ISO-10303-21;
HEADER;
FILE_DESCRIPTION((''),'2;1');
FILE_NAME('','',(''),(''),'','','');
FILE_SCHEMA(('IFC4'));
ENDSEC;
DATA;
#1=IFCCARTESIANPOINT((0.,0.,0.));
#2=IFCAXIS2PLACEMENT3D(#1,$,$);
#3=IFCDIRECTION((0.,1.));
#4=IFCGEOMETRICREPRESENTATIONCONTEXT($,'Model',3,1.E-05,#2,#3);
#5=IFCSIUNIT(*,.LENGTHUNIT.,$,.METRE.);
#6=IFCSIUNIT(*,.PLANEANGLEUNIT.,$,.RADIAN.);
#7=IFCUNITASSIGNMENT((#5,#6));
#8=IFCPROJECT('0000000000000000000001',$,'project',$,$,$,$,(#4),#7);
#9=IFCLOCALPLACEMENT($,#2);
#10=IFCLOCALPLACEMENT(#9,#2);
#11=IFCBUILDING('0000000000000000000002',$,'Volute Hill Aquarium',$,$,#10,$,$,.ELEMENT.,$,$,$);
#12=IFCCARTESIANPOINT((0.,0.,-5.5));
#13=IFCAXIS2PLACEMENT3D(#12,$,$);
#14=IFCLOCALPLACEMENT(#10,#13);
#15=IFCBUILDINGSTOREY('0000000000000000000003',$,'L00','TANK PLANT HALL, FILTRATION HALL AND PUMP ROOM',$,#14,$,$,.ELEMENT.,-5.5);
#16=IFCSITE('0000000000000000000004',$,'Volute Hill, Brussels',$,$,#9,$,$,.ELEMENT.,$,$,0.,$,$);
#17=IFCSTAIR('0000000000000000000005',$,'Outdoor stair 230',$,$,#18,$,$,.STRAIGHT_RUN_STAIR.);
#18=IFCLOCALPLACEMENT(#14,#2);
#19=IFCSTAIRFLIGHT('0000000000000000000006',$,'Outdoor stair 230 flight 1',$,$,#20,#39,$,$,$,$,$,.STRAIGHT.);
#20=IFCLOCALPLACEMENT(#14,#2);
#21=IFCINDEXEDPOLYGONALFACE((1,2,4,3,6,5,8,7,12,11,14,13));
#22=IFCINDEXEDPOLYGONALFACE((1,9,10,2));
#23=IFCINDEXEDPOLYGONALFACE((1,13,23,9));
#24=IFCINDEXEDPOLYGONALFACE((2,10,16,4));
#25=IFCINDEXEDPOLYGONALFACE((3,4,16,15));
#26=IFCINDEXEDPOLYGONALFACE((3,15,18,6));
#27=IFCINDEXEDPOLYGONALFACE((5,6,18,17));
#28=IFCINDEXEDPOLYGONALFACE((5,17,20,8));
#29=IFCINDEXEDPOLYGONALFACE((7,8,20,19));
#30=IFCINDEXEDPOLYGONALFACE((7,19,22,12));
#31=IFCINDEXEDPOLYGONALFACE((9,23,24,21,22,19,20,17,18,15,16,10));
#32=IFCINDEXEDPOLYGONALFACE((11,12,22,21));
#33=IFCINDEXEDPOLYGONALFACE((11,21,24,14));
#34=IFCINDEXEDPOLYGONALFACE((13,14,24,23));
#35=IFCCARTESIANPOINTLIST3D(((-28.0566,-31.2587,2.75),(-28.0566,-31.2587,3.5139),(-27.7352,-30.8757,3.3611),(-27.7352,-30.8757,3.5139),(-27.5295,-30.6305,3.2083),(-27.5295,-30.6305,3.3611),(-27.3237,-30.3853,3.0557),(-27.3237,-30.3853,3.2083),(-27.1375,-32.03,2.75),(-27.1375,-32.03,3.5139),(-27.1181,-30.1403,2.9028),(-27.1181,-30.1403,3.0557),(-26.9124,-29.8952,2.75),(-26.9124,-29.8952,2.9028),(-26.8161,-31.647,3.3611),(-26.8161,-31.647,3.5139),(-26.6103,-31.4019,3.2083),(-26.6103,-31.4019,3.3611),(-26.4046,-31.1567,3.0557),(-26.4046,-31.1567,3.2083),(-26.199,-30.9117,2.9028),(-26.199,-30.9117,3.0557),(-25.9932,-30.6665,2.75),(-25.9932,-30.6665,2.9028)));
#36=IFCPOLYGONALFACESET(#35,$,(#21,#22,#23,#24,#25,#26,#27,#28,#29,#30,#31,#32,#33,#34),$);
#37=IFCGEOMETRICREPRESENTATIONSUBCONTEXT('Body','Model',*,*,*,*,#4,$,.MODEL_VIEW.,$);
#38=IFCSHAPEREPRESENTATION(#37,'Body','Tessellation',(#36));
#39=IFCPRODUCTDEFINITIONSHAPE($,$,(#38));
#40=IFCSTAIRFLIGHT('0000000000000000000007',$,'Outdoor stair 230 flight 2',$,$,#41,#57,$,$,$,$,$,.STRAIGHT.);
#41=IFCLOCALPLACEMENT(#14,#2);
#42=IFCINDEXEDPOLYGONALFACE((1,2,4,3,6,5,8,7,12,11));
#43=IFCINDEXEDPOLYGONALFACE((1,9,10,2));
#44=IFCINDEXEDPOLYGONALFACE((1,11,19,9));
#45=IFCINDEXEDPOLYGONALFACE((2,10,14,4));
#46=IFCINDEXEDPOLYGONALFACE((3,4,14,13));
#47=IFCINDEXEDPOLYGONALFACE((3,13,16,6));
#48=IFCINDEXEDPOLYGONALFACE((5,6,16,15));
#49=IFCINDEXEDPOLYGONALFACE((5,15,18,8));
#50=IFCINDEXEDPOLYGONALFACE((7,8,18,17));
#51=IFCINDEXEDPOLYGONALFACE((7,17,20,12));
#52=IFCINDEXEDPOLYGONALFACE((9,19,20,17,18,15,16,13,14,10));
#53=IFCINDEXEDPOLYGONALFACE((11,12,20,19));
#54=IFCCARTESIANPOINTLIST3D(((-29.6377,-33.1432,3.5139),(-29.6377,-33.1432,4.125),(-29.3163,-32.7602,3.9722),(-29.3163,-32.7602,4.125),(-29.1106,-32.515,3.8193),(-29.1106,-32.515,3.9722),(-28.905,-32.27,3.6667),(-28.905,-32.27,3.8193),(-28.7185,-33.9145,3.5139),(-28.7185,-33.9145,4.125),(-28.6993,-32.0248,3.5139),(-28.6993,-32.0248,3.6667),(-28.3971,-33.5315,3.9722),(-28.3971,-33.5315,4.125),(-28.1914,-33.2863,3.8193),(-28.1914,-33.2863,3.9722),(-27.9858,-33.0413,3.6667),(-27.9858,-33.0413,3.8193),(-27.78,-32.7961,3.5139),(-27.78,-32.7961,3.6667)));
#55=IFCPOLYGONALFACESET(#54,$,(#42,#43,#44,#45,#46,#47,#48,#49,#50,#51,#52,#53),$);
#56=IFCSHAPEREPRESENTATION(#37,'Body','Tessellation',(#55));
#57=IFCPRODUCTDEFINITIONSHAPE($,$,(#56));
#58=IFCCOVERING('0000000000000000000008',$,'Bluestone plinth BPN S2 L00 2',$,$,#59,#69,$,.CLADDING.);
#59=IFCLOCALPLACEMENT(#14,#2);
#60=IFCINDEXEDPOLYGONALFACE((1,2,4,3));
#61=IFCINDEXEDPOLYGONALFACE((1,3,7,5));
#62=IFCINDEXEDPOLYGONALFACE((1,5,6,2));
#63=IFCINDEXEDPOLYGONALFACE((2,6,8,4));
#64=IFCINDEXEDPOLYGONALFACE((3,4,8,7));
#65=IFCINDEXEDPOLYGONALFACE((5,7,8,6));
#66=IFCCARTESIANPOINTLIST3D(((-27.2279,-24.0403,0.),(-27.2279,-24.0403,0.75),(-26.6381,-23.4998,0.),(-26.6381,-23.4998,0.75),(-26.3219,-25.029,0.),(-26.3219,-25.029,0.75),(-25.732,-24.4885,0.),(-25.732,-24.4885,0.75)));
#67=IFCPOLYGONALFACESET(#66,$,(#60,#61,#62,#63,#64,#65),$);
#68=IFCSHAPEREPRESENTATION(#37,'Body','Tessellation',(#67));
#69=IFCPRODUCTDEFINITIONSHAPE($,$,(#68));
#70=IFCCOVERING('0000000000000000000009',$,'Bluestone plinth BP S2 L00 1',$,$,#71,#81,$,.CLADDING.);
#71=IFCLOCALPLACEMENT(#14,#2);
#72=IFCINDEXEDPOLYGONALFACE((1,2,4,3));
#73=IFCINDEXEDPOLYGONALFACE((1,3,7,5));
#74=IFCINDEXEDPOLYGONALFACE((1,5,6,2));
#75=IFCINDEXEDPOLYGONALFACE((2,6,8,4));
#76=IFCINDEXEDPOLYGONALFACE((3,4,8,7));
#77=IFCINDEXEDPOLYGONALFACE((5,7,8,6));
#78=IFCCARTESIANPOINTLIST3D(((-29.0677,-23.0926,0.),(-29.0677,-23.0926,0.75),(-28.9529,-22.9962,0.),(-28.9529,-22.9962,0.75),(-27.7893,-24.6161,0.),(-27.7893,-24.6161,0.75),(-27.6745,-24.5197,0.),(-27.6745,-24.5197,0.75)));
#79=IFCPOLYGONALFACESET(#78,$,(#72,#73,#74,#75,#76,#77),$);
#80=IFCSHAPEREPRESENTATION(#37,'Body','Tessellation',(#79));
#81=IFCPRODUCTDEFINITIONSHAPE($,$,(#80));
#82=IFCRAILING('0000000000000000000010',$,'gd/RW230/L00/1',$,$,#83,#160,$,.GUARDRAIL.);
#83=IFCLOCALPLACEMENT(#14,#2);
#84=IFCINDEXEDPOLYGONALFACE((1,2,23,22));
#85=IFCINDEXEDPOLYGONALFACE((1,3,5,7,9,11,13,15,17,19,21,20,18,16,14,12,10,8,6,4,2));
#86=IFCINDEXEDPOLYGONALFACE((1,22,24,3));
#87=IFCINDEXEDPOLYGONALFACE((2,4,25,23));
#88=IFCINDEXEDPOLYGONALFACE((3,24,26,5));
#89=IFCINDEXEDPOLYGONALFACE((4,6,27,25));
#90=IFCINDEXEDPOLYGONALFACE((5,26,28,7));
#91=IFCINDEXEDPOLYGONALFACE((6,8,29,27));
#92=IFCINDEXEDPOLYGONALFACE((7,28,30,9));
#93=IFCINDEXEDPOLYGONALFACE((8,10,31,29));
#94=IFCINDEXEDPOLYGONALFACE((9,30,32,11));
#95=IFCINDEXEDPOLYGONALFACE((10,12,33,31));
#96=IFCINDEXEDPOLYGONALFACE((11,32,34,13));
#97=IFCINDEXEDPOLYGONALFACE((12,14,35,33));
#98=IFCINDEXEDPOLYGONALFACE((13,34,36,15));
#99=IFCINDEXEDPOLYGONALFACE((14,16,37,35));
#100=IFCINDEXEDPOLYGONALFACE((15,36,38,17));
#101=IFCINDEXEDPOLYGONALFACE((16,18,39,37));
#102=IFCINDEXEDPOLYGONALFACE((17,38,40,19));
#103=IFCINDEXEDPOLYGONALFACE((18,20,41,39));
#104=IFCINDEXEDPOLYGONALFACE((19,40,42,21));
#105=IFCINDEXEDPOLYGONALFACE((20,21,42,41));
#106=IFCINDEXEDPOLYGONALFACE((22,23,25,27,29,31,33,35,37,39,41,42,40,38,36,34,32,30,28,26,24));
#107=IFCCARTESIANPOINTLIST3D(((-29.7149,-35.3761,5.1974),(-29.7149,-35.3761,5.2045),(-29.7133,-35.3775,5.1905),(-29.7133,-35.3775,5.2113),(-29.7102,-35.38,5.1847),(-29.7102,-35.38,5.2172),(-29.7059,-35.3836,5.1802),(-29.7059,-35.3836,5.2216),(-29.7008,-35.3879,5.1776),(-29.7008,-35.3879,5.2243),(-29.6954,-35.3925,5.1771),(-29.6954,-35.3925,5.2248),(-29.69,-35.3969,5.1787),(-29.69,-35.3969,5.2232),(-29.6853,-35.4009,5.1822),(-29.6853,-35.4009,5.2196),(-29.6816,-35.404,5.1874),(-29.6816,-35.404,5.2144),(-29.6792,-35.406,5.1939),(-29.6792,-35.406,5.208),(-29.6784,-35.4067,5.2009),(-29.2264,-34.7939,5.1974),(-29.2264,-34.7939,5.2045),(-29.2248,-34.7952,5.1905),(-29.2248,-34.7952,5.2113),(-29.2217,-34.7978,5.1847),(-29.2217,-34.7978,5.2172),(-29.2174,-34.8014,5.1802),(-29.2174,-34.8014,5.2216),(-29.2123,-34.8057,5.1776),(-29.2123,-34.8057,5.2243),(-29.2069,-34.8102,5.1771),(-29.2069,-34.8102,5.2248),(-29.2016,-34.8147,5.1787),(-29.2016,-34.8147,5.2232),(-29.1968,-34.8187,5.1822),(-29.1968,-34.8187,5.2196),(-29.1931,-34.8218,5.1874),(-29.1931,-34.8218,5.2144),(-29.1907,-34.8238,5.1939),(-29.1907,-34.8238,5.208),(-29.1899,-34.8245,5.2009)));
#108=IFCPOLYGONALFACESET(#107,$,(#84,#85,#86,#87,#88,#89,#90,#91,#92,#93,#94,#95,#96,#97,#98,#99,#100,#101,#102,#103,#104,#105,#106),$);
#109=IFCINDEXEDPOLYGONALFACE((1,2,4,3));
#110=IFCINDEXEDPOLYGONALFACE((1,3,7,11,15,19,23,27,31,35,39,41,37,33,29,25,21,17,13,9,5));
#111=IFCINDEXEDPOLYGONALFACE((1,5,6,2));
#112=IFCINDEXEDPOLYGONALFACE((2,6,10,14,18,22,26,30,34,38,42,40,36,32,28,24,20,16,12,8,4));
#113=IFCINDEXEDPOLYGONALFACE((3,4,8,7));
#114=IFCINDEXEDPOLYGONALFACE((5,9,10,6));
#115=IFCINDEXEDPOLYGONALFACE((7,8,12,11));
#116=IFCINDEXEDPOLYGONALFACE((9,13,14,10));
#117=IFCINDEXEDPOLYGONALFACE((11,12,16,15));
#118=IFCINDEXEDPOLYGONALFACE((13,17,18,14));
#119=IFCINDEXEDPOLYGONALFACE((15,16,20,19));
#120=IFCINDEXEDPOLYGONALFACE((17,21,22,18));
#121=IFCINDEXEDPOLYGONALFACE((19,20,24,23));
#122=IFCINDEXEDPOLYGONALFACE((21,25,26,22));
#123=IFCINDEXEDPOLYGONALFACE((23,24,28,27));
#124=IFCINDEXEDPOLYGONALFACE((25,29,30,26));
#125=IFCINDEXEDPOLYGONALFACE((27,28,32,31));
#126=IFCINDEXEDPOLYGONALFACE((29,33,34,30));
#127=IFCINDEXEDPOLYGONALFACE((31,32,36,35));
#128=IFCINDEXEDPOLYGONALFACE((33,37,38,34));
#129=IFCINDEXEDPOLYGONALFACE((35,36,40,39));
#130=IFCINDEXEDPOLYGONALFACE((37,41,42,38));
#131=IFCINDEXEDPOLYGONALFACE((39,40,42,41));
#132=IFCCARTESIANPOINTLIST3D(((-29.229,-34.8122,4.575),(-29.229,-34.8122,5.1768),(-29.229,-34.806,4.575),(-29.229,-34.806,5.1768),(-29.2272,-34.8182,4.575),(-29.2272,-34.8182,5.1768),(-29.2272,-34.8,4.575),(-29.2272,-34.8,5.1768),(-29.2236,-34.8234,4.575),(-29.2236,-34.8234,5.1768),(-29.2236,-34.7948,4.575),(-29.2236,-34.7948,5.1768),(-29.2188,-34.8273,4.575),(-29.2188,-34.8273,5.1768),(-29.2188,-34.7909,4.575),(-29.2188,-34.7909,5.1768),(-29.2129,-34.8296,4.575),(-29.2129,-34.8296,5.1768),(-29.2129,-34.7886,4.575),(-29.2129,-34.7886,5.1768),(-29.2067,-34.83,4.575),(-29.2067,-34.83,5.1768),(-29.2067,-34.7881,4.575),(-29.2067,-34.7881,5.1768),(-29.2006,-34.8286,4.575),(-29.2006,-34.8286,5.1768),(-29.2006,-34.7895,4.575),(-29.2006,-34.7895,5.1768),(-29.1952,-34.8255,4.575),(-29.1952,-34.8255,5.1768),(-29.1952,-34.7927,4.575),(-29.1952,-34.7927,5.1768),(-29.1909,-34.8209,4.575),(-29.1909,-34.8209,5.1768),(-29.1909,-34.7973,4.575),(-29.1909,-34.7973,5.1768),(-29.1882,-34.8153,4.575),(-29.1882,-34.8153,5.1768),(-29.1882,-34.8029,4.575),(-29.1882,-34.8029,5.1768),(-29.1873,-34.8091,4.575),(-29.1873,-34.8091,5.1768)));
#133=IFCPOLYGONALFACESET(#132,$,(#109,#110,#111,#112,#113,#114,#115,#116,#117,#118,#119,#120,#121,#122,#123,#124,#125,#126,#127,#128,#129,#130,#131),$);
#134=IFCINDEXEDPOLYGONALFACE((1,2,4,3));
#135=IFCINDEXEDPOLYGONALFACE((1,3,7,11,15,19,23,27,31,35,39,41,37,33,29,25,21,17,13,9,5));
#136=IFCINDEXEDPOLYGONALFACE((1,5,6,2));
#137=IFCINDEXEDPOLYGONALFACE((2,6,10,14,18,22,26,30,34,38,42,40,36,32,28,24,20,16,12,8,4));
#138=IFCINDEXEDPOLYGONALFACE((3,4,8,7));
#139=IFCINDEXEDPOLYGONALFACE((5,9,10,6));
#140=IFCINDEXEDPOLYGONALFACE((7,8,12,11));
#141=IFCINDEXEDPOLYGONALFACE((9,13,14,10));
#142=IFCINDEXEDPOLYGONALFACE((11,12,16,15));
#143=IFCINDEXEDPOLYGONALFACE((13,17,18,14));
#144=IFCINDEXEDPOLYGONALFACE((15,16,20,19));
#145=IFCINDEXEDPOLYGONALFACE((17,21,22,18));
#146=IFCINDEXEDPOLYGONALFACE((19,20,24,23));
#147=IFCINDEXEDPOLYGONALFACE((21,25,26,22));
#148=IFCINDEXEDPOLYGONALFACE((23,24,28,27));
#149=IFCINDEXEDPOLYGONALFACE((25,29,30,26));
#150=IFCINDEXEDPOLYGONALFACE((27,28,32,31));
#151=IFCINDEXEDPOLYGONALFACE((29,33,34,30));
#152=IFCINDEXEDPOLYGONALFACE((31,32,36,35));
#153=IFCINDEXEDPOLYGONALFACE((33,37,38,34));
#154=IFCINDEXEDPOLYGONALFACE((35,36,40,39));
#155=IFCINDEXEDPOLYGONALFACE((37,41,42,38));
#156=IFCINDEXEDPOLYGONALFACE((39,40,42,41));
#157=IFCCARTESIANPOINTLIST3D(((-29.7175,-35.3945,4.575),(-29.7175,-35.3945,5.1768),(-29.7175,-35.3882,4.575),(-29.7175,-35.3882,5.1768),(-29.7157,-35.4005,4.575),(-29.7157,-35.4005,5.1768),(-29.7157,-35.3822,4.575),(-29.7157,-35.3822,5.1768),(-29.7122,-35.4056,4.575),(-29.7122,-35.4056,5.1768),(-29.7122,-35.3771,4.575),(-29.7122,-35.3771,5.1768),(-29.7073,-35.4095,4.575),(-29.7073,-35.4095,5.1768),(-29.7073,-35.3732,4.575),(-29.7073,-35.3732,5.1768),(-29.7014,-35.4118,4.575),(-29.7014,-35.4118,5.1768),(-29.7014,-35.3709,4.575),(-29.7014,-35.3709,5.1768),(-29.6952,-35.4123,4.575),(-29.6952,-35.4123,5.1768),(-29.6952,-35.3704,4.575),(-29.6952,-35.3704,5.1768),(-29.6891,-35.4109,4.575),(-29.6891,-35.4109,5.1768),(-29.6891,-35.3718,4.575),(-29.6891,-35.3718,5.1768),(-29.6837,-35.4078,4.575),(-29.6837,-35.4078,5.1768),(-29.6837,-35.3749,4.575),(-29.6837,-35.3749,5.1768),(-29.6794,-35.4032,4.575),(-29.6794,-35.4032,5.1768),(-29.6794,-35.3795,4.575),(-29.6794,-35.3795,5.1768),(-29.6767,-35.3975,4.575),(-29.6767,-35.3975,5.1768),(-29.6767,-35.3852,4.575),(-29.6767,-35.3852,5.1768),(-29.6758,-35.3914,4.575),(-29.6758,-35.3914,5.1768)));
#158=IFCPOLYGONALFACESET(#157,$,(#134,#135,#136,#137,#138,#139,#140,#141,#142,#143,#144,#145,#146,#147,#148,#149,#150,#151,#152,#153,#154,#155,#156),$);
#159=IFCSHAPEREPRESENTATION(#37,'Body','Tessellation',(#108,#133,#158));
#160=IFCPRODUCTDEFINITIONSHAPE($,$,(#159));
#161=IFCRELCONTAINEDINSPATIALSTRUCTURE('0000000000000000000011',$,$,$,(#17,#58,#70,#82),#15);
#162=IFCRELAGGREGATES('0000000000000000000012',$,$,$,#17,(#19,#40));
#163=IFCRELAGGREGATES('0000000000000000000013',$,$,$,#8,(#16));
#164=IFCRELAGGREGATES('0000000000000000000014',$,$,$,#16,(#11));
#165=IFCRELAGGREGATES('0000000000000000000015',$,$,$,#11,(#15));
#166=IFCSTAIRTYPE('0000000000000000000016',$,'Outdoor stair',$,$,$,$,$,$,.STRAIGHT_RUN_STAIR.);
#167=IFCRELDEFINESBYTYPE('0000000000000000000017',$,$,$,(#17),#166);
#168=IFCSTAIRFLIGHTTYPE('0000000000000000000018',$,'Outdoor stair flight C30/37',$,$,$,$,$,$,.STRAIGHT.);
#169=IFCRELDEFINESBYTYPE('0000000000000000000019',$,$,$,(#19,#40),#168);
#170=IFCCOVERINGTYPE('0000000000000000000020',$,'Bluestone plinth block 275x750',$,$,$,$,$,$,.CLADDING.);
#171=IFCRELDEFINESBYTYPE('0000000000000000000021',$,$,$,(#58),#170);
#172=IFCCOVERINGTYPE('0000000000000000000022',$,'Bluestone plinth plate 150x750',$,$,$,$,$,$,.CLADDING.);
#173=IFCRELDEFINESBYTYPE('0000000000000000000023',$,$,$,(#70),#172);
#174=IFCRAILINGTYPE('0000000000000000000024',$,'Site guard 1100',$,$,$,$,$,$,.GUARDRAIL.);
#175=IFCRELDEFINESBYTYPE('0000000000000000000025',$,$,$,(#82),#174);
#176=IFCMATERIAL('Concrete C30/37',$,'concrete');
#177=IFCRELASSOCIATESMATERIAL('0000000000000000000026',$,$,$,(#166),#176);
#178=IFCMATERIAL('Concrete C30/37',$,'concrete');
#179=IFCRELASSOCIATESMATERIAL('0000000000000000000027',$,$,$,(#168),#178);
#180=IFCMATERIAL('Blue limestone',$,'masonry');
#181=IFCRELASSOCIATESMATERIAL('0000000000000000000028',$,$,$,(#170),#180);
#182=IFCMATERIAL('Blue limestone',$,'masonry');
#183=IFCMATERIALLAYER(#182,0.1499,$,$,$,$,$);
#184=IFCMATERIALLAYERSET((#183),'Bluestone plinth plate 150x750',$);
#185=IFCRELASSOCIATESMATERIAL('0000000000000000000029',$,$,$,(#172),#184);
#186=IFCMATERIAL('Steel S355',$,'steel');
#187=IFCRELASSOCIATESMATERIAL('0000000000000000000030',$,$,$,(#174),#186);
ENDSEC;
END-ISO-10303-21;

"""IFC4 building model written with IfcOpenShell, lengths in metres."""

from ifc_helpers import new_model, si_unit, direction, frame, origin, origin_2d, place, context, subcontext, project, spatial, polyline, rectangle, circle, outline, extrude, material, layer, layer_set, type_object, element, aggregate, save


model = new_model("IFC4")

# Units and contexts
model_context = context("Model", 3, precision=1e-05, world=origin(), true_north=direction((0.0, 1.0)))
body_context = subcontext(model_context, "Body", "Model", "MODEL_VIEW")
ifc_project = project(units=[si_unit("LENGTHUNIT", "METRE"), si_unit("PLANEANGLEUNIT", "RADIAN")], contexts=[model_context])

# Site, building, storey
site_placement = place(None, origin())
site = spatial("IfcSite", under=ifc_project, at=site_placement, Name="Volute Hill, Brussels", CompositionType="ELEMENT", RefElevation=0.0)
building_placement = place(site_placement, origin())
building = spatial("IfcBuilding", under=site, at=building_placement, Name="Volute Hill Aquarium", CompositionType="ELEMENT")
storey_placement = place(building_placement, frame((0.0, 0.0, -5.5)))
storey = spatial("IfcBuildingStorey", under=building, at=storey_placement, Name="L00", Description="TANK PLANT HALL, FILTRATION HALL AND PUMP ROOM", CompositionType="ELEMENT", Elevation=-5.5)

# Stair, stair flights
ifc_material_1 = material(Name="Concrete C30/37", Category="concrete")
stair_type = type_object("IfcStairType", Name="Outdoor stair", PredefinedType="STRAIGHT_RUN_STAIR", material=ifc_material_1)
stair_placement = place(storey_placement, origin())
stair = element("IfcStair", 1, at=stair_placement, inside=storey, type_object=stair_type, Name="Outdoor stair 230", PredefinedType="STRAIGHT_RUN_STAIR")
ifc_material_2 = material(Name="Concrete C30/37", Category="concrete")
stair_flight_type = type_object("IfcStairFlightType", Name="Outdoor stair flight C30/37", PredefinedType="STRAIGHT", material=ifc_material_2)
stair_flight_1_placement = place(storey_placement, frame((-26.4529, -30.2808, 2.75), z_axis=(0.0, 0.0, 1.0), x_axis=(-0.642838, -0.766002, 0.0)))
stair_flight_1 = element("IfcStairFlight", 2, at=stair_flight_1_placement, type_object=stair_flight_type, Name="Outdoor stair 230 flight 1", PredefinedType="STRAIGHT", context=body_context, shape_type="SweptSolid", body=[
    extrude(outline(polyline([(0.0, 0.0), (1.78, 0.0), (1.78, 0.7639), (1.28, 0.7639), (1.28, 0.6111), (0.96, 0.6111), (0.96, 0.4583), (0.6399, 0.4583), (0.6399, 0.3057), (0.3201, 0.3057), (0.3201, 0.1528), (0.0, 0.1528), (0.0, 0.0), (0.0, 0.0)])), frame((0.0, 0.6001, 0.0), z_axis=(0.0, -1.0, 0.0), x_axis=(1.0, 0.0, 0.0)), (0.0, 0.0, 1.0), 1.2),
])
stair_flight_2_placement = place(storey_placement, frame((-28.2397, -32.4104, 3.5139), z_axis=(0.0, 0.0, 1.0), x_axis=(-0.642796, -0.766037, 0.0)))
stair_flight_2 = element("IfcStairFlight", 3, at=stair_flight_2_placement, type_object=stair_flight_type, Name="Outdoor stair 230 flight 2", PredefinedType="STRAIGHT", context=body_context, shape_type="SweptSolid", body=[
    extrude(outline(polyline([(0.0, 0.0), (1.46, 0.0), (1.46, 0.6111), (0.96, 0.6111), (0.96, 0.4583), (0.6399, 0.4583), (0.6399, 0.3054), (0.3201, 0.3054), (0.3201, 0.1528), (0.0, 0.1528), (0.0, 0.0), (0.0, 0.0)])), frame((0.0, 0.6001, 0.0), z_axis=(0.0, -1.0, 0.0), x_axis=(1.0, 0.0, 0.0)), (0.0, 0.0, 1.0), 1.2),
])
aggregate(stair, [stair_flight_1, stair_flight_2])

# Coverings
ifc_material_3 = material(Name="Blue limestone", Category="masonry")
covering_type_1 = type_object("IfcCoveringType", Name="Bluestone plinth block 275x750", PredefinedType="CLADDING", material=ifc_material_3)
covering_1_placement = place(storey_placement, frame((-26.48, -24.2644, 0.0), z_axis=(0.0, 0.0, 1.0), x_axis=(0.675588, -0.737279, 0.0)))
element("IfcCovering", 4, at=covering_1_placement, inside=storey, type_object=covering_type_1, Name="Bluestone plinth BPN S2 L00 2", PredefinedType="CLADDING", context=body_context, shape_type="SweptSolid", body=[
    extrude(rectangle(XDim=1.3411, YDim=0.8, at=origin_2d()), origin(), (0.0, 0.0, 1.0), 0.75),
])
ifc_material_4 = material(Name="Blue limestone", Category="masonry")
ifc_layer_1 = layer(ifc_material_4, 0.1499)
ifc_layer_set_1 = layer_set([ifc_layer_1], Name="Bluestone plinth plate 150x750")
covering_type_2 = type_object("IfcCoveringType", Name="Bluestone plinth plate 150x750", PredefinedType="CLADDING", material=ifc_layer_set_1)
covering_2_placement = place(storey_placement, frame((-28.3711, -23.8062, 0.0), z_axis=(0.0, 0.0, 1.0), x_axis=(0.642788, -0.766044, 0.0)))
element("IfcCovering", 5, at=covering_2_placement, inside=storey, type_object=covering_type_2, Name="Bluestone plinth BP S2 L00 1", PredefinedType="CLADDING", context=body_context, shape_type="SweptSolid", body=[
    extrude(rectangle(XDim=1.9888, YDim=0.1499, at=origin_2d()), origin(), (0.0, 0.0, 1.0), 0.75),
])

# Railing
ifc_material_5 = material(Name="Steel S355", Category="steel")
railing_type_1 = type_object("IfcRailingType", Name="Site guard 1100", PredefinedType="GUARDRAIL", material=ifc_material_5)
railing_1_placement = place(storey_placement, frame((-29.2083, -34.8091, 4.575)))
element("IfcRailing", 6, at=railing_1_placement, inside=storey, type_object=railing_type_1, Name="gd/RW230/L00/1", PredefinedType="GUARDRAIL", context=body_context, shape_type="SweptSolid", body=[
    extrude(circle(Radius=0.0239, at=origin_2d()), frame((0.0, 0.0, 0.626), z_axis=(-0.64274, -0.766084, 0.0), x_axis=(0.766084, -0.64274, 0.0)), (0.0, 0.0, 1.0), 0.76),
    extrude(circle(Radius=0.021, at=origin_2d()), origin(), (0.0, 0.0, 1.0), 0.6018),
    extrude(circle(Radius=0.021, at=origin_2d()), frame((-0.4885, -0.5823, 0.0)), (0.0, 0.0, 1.0), 0.6018),
])

save(model, "model.ifc")
